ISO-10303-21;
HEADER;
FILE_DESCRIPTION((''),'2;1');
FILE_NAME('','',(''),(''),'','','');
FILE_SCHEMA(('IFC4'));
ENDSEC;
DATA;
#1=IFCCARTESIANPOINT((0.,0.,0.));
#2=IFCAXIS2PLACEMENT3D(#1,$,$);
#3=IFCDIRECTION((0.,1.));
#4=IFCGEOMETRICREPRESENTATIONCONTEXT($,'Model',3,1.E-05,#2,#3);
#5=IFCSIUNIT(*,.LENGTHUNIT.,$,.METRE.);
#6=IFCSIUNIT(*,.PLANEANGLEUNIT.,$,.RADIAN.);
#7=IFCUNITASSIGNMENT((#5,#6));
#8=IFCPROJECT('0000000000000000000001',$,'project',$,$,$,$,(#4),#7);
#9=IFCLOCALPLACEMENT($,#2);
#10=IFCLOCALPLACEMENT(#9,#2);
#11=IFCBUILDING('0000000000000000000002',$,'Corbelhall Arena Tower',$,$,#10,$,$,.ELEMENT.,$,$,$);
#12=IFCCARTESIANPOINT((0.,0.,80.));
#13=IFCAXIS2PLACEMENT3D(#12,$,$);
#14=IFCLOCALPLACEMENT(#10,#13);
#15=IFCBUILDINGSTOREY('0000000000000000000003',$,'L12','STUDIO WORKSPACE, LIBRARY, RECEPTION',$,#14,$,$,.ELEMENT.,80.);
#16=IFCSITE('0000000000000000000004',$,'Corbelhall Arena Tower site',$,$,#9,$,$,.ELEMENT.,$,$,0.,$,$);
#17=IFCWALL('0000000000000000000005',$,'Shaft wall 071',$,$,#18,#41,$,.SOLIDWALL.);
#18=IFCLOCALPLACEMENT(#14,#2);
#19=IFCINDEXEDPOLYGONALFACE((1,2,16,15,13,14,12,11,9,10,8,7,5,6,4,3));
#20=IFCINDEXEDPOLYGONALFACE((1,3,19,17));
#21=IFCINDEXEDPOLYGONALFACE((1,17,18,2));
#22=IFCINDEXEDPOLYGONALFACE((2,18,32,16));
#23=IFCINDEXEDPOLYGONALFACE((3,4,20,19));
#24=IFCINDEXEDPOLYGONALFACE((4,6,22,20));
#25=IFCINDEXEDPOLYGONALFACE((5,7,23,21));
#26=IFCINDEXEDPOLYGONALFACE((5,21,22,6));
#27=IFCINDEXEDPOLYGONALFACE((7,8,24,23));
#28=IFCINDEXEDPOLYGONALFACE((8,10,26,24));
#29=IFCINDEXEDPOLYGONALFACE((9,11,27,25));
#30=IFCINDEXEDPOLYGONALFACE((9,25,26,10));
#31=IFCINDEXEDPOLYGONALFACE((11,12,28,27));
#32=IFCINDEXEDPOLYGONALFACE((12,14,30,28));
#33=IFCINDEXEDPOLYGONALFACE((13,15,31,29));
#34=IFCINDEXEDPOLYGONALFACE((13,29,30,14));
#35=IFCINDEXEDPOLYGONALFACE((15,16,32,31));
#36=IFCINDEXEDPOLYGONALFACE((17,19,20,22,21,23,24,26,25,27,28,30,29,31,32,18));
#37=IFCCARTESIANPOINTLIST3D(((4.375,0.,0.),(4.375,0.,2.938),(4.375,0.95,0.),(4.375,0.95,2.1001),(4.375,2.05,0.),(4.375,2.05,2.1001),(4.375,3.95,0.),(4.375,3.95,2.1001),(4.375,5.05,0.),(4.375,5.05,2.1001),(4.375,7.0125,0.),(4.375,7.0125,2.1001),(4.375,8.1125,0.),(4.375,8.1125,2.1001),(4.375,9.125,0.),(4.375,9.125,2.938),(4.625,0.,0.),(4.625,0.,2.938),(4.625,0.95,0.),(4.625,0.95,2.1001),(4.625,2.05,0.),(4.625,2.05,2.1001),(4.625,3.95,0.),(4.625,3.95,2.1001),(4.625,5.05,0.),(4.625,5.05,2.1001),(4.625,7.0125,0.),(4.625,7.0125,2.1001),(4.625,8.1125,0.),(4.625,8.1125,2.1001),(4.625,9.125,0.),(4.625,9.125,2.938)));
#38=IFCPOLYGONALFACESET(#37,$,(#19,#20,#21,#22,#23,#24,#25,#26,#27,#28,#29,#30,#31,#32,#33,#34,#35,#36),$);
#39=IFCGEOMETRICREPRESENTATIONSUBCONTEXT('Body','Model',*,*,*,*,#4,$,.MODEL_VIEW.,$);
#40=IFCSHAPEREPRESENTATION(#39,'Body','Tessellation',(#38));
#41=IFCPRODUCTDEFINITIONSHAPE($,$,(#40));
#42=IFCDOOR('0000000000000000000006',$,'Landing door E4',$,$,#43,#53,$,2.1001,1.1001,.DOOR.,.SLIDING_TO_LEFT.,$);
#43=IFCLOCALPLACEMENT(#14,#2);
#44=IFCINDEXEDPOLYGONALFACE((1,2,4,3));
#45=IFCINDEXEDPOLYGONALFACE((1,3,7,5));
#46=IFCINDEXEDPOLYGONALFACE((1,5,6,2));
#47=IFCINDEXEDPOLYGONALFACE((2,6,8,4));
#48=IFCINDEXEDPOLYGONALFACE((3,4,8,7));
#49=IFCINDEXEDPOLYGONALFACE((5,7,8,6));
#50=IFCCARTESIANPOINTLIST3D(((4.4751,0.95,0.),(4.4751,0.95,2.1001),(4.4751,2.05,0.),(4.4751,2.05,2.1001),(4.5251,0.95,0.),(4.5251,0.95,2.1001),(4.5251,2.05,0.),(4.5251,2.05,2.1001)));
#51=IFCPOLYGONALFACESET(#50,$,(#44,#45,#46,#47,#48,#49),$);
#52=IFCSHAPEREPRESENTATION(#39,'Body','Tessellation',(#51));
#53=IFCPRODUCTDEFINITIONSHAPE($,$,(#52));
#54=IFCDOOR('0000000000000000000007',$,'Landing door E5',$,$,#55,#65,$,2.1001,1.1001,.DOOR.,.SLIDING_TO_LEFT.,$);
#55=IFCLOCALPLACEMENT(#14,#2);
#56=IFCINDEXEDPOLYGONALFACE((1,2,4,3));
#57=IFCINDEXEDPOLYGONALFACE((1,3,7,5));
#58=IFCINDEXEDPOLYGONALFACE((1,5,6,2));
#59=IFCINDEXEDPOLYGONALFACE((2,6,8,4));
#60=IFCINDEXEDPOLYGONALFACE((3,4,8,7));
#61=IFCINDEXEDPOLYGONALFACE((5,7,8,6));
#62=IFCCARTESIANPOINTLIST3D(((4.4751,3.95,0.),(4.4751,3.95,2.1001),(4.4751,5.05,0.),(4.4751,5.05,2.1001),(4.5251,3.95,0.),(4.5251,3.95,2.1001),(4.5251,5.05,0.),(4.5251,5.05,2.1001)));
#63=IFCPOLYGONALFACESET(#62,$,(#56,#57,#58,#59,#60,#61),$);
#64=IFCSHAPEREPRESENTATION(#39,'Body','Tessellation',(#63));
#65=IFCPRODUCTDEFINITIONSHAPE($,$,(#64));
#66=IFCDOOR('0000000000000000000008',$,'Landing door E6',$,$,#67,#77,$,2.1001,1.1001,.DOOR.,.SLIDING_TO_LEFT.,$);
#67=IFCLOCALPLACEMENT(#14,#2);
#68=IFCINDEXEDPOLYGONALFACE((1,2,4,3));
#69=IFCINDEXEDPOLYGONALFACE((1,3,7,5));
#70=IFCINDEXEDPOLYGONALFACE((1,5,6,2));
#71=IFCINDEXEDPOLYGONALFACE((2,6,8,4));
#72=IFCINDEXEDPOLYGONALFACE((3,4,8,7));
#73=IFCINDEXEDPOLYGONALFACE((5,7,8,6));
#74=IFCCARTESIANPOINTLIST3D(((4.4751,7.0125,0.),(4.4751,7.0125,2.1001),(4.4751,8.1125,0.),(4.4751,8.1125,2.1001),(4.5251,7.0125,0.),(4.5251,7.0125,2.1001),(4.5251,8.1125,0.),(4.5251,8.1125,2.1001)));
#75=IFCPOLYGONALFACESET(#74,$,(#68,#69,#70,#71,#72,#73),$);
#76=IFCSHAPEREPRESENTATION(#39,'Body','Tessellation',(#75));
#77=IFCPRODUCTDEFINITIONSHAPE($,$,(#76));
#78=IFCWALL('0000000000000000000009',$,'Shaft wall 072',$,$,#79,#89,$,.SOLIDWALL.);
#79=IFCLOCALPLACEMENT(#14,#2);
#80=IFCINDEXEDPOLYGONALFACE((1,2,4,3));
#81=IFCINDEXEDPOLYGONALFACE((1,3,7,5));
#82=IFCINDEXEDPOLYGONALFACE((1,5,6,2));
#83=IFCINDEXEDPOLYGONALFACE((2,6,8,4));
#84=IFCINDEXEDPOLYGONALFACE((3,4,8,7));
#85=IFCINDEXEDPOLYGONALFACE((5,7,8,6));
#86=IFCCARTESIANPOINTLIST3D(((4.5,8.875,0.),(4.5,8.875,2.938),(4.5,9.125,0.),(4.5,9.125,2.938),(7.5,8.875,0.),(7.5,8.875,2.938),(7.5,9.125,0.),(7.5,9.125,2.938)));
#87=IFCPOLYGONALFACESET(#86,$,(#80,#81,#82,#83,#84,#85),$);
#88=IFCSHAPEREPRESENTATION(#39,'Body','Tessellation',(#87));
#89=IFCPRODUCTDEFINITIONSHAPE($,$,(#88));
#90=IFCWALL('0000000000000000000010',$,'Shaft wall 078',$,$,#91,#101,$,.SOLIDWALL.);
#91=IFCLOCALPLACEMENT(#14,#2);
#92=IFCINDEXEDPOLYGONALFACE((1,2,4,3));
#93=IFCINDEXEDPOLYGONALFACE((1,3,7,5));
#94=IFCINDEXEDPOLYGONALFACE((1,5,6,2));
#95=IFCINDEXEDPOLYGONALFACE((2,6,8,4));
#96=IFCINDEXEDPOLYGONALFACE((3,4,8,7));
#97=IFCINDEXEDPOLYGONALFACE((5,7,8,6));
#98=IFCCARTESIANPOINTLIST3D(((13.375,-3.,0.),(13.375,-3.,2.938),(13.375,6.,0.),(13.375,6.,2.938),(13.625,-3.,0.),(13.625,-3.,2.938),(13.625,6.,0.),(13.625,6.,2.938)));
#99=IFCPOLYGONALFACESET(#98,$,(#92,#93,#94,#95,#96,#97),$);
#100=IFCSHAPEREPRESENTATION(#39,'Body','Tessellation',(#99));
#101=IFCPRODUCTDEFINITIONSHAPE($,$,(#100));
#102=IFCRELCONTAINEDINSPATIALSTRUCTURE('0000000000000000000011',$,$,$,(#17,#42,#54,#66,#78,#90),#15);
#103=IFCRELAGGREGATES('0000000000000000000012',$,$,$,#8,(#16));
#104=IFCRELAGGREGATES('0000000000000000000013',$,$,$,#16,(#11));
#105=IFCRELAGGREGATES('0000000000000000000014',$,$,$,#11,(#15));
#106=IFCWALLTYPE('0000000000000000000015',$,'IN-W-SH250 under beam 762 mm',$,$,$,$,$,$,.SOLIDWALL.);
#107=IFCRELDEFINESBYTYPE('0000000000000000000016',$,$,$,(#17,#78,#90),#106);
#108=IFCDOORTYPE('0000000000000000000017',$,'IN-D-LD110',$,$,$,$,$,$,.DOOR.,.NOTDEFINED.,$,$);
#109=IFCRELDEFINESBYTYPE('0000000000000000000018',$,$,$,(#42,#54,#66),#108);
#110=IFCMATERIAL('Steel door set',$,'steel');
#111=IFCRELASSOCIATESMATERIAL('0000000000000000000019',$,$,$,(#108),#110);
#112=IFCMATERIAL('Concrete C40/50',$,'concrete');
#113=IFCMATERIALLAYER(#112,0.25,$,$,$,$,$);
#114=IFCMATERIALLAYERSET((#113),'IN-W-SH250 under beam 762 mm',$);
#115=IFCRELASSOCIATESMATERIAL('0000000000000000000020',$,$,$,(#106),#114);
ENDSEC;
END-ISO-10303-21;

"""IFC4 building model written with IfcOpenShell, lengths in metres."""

from ifc_helpers import new_model, si_unit, direction, frame, frame_2d, origin, place, context, subcontext, project, spatial, rectangle, extrude, material, layer, layer_set, type_object, element, fill, save


model = new_model("IFC4")

# Units and contexts
model_context = context("Model", 3, precision=1e-05, world=origin(), true_north=direction((0.0, 1.0)))
body_context = subcontext(model_context, "Body", "Model", "MODEL_VIEW")
ifc_project = project(units=[si_unit("LENGTHUNIT", "METRE"), si_unit("PLANEANGLEUNIT", "RADIAN")], contexts=[model_context])

# Site, building, storey
site_placement = place(None, origin())
site = spatial("IfcSite", under=ifc_project, at=site_placement, Name="Corbelhall Arena Tower site", CompositionType="ELEMENT", RefElevation=0.0)
building_placement = place(site_placement, origin())
building = spatial("IfcBuilding", under=site, at=building_placement, Name="Corbelhall Arena Tower", CompositionType="ELEMENT")
storey_placement = place(building_placement, frame((0.0, 0.0, 80.0)))
storey = spatial("IfcBuildingStorey", under=building, at=storey_placement, Name="L12", Description="STUDIO WORKSPACE, LIBRARY, RECEPTION", CompositionType="ELEMENT", Elevation=80.0)

# Shared definitions
ifc_material_1 = material(Name="Concrete C40/50", Category="concrete")

# Shared definitions
ifc_material_2 = material(Name="Steel door set", Category="steel")

# Shared definitions
door_type_1 = type_object("IfcDoorType", Name="IN-D-LD110", OperationType="NOTDEFINED", PredefinedType="DOOR", material=ifc_material_2)

# Wall, openings, doors
ifc_layer_1 = layer(ifc_material_1, 0.25)
ifc_layer_set_1 = layer_set([ifc_layer_1], Name="IN-W-SH250 under beam 762 mm")
wall_type_1 = type_object("IfcWallType", Name="IN-W-SH250 under beam 762 mm", PredefinedType="SOLIDWALL", material=ifc_layer_set_1)
wall_1_placement = place(storey_placement, frame((4.5, 0.0, 0.0), z_axis=(0.0, 0.0, 1.0), x_axis=(0.0, 1.0, 0.0)))
wall_1 = element("IfcWall", 1, at=wall_1_placement, inside=storey, type_object=wall_type_1, Name="Shaft wall 071", PredefinedType="SOLIDWALL", context=body_context, shape_type="SweptSolid", body=[
    extrude(rectangle(XDim=9.125, YDim=0.25, at=frame_2d((4.5625, 0.0))), origin(), (0.0, 0.0, 1.0), 2.938),
])
opening_1_placement = place(wall_1_placement, frame((0.95, 0.0, 0.0)))
opening_1 = element("IfcOpeningElement", 2, at=opening_1_placement, cuts=wall_1, PredefinedType="OPENING", context=body_context, shape_type="SweptSolid", body=[
    extrude(rectangle(XDim=1.1001, YDim=2.1001, at=frame_2d((0.55, 1.05))), frame((0.0, 0.125, 0.0), z_axis=(0.0, -1.0, 0.0), x_axis=(1.0, 0.0, 0.0)), (0.0, 0.0, 1.0), 0.25),
])
opening_2_placement = place(wall_1_placement, frame((3.95, 0.0, 0.0)))
opening_2 = element("IfcOpeningElement", 3, at=opening_2_placement, cuts=wall_1, PredefinedType="OPENING", context=body_context, shape_type="SweptSolid", body=[
    extrude(rectangle(XDim=1.1001, YDim=2.1001, at=frame_2d((0.55, 1.05))), frame((0.0, 0.125, 0.0), z_axis=(0.0, -1.0, 0.0), x_axis=(1.0, 0.0, 0.0)), (0.0, 0.0, 1.0), 0.25),
])
opening_3_placement = place(wall_1_placement, frame((7.0125, 0.0, 0.0)))
opening_3 = element("IfcOpeningElement", 4, at=opening_3_placement, cuts=wall_1, PredefinedType="OPENING", context=body_context, shape_type="SweptSolid", body=[
    extrude(rectangle(XDim=1.1001, YDim=2.1001, at=frame_2d((0.55, 1.05))), frame((0.0, 0.125, 0.0), z_axis=(0.0, -1.0, 0.0), x_axis=(1.0, 0.0, 0.0)), (0.0, 0.0, 1.0), 0.25),
])
door_1_placement = place(opening_1_placement, origin())
door_1 = element("IfcDoor", 5, at=door_1_placement, inside=storey, type_object=door_type_1, Name="Landing door E4", OperationType="SLIDING_TO_LEFT", OverallHeight=2.1001, OverallWidth=1.1001, PredefinedType="DOOR", context=body_context, shape_type="SweptSolid", body=[
    extrude(rectangle(XDim=1.1001, YDim=2.1001, at=frame_2d((0.55, 1.05))), frame((0.0, 0.0249, 0.0), z_axis=(0.0, -1.0, 0.0), x_axis=(1.0, 0.0, 0.0)), (0.0, 0.0, 1.0), 0.05),
])
fill(opening_1, door_1)
door_2_placement = place(opening_2_placement, origin())
door_2 = element("IfcDoor", 6, at=door_2_placement, inside=storey, type_object=door_type_1, Name="Landing door E5", OperationType="SLIDING_TO_LEFT", OverallHeight=2.1001, OverallWidth=1.1001, PredefinedType="DOOR", context=body_context, shape_type="SweptSolid", body=[
    extrude(rectangle(XDim=1.1001, YDim=2.1001, at=frame_2d((0.55, 1.05))), frame((0.0, 0.0249, 0.0), z_axis=(0.0, -1.0, 0.0), x_axis=(1.0, 0.0, 0.0)), (0.0, 0.0, 1.0), 0.05),
])
fill(opening_2, door_2)
door_3_placement = place(opening_3_placement, origin())
door_3 = element("IfcDoor", 7, at=door_3_placement, inside=storey, type_object=door_type_1, Name="Landing door E6", OperationType="SLIDING_TO_LEFT", OverallHeight=2.1001, OverallWidth=1.1001, PredefinedType="DOOR", context=body_context, shape_type="SweptSolid", body=[
    extrude(rectangle(XDim=1.1001, YDim=2.1001, at=frame_2d((0.55, 1.05))), frame((0.0, 0.0249, 0.0), z_axis=(0.0, -1.0, 0.0), x_axis=(1.0, 0.0, 0.0)), (0.0, 0.0, 1.0), 0.05),
])
fill(opening_3, door_3)

# Walls
wall_2_placement = place(storey_placement, frame((4.5, 9.0, 0.0), z_axis=(0.0, 0.0, 1.0), x_axis=(1.0, 0.0, 0.0)))
element("IfcWall", 8, at=wall_2_placement, inside=storey, type_object=wall_type_1, Name="Shaft wall 072", PredefinedType="SOLIDWALL", context=body_context, shape_type="SweptSolid", body=[
    extrude(rectangle(XDim=3.0, YDim=0.25, at=frame_2d((1.5, 0.0))), origin(), (0.0, 0.0, 1.0), 2.938),
])
wall_3_placement = place(storey_placement, frame((13.5, 6.0, 0.0), z_axis=(0.0, 0.0, 1.0), x_axis=(0.0, -1.0, 0.0)))
element("IfcWall", 9, at=wall_3_placement, inside=storey, type_object=wall_type_1, Name="Shaft wall 078", PredefinedType="SOLIDWALL", context=body_context, shape_type="SweptSolid", body=[
    extrude(rectangle(XDim=9.0, YDim=0.25, at=frame_2d((4.5, 0.0))), origin(), (0.0, 0.0, 1.0), 2.938),
])

save(model, "model.ifc")
